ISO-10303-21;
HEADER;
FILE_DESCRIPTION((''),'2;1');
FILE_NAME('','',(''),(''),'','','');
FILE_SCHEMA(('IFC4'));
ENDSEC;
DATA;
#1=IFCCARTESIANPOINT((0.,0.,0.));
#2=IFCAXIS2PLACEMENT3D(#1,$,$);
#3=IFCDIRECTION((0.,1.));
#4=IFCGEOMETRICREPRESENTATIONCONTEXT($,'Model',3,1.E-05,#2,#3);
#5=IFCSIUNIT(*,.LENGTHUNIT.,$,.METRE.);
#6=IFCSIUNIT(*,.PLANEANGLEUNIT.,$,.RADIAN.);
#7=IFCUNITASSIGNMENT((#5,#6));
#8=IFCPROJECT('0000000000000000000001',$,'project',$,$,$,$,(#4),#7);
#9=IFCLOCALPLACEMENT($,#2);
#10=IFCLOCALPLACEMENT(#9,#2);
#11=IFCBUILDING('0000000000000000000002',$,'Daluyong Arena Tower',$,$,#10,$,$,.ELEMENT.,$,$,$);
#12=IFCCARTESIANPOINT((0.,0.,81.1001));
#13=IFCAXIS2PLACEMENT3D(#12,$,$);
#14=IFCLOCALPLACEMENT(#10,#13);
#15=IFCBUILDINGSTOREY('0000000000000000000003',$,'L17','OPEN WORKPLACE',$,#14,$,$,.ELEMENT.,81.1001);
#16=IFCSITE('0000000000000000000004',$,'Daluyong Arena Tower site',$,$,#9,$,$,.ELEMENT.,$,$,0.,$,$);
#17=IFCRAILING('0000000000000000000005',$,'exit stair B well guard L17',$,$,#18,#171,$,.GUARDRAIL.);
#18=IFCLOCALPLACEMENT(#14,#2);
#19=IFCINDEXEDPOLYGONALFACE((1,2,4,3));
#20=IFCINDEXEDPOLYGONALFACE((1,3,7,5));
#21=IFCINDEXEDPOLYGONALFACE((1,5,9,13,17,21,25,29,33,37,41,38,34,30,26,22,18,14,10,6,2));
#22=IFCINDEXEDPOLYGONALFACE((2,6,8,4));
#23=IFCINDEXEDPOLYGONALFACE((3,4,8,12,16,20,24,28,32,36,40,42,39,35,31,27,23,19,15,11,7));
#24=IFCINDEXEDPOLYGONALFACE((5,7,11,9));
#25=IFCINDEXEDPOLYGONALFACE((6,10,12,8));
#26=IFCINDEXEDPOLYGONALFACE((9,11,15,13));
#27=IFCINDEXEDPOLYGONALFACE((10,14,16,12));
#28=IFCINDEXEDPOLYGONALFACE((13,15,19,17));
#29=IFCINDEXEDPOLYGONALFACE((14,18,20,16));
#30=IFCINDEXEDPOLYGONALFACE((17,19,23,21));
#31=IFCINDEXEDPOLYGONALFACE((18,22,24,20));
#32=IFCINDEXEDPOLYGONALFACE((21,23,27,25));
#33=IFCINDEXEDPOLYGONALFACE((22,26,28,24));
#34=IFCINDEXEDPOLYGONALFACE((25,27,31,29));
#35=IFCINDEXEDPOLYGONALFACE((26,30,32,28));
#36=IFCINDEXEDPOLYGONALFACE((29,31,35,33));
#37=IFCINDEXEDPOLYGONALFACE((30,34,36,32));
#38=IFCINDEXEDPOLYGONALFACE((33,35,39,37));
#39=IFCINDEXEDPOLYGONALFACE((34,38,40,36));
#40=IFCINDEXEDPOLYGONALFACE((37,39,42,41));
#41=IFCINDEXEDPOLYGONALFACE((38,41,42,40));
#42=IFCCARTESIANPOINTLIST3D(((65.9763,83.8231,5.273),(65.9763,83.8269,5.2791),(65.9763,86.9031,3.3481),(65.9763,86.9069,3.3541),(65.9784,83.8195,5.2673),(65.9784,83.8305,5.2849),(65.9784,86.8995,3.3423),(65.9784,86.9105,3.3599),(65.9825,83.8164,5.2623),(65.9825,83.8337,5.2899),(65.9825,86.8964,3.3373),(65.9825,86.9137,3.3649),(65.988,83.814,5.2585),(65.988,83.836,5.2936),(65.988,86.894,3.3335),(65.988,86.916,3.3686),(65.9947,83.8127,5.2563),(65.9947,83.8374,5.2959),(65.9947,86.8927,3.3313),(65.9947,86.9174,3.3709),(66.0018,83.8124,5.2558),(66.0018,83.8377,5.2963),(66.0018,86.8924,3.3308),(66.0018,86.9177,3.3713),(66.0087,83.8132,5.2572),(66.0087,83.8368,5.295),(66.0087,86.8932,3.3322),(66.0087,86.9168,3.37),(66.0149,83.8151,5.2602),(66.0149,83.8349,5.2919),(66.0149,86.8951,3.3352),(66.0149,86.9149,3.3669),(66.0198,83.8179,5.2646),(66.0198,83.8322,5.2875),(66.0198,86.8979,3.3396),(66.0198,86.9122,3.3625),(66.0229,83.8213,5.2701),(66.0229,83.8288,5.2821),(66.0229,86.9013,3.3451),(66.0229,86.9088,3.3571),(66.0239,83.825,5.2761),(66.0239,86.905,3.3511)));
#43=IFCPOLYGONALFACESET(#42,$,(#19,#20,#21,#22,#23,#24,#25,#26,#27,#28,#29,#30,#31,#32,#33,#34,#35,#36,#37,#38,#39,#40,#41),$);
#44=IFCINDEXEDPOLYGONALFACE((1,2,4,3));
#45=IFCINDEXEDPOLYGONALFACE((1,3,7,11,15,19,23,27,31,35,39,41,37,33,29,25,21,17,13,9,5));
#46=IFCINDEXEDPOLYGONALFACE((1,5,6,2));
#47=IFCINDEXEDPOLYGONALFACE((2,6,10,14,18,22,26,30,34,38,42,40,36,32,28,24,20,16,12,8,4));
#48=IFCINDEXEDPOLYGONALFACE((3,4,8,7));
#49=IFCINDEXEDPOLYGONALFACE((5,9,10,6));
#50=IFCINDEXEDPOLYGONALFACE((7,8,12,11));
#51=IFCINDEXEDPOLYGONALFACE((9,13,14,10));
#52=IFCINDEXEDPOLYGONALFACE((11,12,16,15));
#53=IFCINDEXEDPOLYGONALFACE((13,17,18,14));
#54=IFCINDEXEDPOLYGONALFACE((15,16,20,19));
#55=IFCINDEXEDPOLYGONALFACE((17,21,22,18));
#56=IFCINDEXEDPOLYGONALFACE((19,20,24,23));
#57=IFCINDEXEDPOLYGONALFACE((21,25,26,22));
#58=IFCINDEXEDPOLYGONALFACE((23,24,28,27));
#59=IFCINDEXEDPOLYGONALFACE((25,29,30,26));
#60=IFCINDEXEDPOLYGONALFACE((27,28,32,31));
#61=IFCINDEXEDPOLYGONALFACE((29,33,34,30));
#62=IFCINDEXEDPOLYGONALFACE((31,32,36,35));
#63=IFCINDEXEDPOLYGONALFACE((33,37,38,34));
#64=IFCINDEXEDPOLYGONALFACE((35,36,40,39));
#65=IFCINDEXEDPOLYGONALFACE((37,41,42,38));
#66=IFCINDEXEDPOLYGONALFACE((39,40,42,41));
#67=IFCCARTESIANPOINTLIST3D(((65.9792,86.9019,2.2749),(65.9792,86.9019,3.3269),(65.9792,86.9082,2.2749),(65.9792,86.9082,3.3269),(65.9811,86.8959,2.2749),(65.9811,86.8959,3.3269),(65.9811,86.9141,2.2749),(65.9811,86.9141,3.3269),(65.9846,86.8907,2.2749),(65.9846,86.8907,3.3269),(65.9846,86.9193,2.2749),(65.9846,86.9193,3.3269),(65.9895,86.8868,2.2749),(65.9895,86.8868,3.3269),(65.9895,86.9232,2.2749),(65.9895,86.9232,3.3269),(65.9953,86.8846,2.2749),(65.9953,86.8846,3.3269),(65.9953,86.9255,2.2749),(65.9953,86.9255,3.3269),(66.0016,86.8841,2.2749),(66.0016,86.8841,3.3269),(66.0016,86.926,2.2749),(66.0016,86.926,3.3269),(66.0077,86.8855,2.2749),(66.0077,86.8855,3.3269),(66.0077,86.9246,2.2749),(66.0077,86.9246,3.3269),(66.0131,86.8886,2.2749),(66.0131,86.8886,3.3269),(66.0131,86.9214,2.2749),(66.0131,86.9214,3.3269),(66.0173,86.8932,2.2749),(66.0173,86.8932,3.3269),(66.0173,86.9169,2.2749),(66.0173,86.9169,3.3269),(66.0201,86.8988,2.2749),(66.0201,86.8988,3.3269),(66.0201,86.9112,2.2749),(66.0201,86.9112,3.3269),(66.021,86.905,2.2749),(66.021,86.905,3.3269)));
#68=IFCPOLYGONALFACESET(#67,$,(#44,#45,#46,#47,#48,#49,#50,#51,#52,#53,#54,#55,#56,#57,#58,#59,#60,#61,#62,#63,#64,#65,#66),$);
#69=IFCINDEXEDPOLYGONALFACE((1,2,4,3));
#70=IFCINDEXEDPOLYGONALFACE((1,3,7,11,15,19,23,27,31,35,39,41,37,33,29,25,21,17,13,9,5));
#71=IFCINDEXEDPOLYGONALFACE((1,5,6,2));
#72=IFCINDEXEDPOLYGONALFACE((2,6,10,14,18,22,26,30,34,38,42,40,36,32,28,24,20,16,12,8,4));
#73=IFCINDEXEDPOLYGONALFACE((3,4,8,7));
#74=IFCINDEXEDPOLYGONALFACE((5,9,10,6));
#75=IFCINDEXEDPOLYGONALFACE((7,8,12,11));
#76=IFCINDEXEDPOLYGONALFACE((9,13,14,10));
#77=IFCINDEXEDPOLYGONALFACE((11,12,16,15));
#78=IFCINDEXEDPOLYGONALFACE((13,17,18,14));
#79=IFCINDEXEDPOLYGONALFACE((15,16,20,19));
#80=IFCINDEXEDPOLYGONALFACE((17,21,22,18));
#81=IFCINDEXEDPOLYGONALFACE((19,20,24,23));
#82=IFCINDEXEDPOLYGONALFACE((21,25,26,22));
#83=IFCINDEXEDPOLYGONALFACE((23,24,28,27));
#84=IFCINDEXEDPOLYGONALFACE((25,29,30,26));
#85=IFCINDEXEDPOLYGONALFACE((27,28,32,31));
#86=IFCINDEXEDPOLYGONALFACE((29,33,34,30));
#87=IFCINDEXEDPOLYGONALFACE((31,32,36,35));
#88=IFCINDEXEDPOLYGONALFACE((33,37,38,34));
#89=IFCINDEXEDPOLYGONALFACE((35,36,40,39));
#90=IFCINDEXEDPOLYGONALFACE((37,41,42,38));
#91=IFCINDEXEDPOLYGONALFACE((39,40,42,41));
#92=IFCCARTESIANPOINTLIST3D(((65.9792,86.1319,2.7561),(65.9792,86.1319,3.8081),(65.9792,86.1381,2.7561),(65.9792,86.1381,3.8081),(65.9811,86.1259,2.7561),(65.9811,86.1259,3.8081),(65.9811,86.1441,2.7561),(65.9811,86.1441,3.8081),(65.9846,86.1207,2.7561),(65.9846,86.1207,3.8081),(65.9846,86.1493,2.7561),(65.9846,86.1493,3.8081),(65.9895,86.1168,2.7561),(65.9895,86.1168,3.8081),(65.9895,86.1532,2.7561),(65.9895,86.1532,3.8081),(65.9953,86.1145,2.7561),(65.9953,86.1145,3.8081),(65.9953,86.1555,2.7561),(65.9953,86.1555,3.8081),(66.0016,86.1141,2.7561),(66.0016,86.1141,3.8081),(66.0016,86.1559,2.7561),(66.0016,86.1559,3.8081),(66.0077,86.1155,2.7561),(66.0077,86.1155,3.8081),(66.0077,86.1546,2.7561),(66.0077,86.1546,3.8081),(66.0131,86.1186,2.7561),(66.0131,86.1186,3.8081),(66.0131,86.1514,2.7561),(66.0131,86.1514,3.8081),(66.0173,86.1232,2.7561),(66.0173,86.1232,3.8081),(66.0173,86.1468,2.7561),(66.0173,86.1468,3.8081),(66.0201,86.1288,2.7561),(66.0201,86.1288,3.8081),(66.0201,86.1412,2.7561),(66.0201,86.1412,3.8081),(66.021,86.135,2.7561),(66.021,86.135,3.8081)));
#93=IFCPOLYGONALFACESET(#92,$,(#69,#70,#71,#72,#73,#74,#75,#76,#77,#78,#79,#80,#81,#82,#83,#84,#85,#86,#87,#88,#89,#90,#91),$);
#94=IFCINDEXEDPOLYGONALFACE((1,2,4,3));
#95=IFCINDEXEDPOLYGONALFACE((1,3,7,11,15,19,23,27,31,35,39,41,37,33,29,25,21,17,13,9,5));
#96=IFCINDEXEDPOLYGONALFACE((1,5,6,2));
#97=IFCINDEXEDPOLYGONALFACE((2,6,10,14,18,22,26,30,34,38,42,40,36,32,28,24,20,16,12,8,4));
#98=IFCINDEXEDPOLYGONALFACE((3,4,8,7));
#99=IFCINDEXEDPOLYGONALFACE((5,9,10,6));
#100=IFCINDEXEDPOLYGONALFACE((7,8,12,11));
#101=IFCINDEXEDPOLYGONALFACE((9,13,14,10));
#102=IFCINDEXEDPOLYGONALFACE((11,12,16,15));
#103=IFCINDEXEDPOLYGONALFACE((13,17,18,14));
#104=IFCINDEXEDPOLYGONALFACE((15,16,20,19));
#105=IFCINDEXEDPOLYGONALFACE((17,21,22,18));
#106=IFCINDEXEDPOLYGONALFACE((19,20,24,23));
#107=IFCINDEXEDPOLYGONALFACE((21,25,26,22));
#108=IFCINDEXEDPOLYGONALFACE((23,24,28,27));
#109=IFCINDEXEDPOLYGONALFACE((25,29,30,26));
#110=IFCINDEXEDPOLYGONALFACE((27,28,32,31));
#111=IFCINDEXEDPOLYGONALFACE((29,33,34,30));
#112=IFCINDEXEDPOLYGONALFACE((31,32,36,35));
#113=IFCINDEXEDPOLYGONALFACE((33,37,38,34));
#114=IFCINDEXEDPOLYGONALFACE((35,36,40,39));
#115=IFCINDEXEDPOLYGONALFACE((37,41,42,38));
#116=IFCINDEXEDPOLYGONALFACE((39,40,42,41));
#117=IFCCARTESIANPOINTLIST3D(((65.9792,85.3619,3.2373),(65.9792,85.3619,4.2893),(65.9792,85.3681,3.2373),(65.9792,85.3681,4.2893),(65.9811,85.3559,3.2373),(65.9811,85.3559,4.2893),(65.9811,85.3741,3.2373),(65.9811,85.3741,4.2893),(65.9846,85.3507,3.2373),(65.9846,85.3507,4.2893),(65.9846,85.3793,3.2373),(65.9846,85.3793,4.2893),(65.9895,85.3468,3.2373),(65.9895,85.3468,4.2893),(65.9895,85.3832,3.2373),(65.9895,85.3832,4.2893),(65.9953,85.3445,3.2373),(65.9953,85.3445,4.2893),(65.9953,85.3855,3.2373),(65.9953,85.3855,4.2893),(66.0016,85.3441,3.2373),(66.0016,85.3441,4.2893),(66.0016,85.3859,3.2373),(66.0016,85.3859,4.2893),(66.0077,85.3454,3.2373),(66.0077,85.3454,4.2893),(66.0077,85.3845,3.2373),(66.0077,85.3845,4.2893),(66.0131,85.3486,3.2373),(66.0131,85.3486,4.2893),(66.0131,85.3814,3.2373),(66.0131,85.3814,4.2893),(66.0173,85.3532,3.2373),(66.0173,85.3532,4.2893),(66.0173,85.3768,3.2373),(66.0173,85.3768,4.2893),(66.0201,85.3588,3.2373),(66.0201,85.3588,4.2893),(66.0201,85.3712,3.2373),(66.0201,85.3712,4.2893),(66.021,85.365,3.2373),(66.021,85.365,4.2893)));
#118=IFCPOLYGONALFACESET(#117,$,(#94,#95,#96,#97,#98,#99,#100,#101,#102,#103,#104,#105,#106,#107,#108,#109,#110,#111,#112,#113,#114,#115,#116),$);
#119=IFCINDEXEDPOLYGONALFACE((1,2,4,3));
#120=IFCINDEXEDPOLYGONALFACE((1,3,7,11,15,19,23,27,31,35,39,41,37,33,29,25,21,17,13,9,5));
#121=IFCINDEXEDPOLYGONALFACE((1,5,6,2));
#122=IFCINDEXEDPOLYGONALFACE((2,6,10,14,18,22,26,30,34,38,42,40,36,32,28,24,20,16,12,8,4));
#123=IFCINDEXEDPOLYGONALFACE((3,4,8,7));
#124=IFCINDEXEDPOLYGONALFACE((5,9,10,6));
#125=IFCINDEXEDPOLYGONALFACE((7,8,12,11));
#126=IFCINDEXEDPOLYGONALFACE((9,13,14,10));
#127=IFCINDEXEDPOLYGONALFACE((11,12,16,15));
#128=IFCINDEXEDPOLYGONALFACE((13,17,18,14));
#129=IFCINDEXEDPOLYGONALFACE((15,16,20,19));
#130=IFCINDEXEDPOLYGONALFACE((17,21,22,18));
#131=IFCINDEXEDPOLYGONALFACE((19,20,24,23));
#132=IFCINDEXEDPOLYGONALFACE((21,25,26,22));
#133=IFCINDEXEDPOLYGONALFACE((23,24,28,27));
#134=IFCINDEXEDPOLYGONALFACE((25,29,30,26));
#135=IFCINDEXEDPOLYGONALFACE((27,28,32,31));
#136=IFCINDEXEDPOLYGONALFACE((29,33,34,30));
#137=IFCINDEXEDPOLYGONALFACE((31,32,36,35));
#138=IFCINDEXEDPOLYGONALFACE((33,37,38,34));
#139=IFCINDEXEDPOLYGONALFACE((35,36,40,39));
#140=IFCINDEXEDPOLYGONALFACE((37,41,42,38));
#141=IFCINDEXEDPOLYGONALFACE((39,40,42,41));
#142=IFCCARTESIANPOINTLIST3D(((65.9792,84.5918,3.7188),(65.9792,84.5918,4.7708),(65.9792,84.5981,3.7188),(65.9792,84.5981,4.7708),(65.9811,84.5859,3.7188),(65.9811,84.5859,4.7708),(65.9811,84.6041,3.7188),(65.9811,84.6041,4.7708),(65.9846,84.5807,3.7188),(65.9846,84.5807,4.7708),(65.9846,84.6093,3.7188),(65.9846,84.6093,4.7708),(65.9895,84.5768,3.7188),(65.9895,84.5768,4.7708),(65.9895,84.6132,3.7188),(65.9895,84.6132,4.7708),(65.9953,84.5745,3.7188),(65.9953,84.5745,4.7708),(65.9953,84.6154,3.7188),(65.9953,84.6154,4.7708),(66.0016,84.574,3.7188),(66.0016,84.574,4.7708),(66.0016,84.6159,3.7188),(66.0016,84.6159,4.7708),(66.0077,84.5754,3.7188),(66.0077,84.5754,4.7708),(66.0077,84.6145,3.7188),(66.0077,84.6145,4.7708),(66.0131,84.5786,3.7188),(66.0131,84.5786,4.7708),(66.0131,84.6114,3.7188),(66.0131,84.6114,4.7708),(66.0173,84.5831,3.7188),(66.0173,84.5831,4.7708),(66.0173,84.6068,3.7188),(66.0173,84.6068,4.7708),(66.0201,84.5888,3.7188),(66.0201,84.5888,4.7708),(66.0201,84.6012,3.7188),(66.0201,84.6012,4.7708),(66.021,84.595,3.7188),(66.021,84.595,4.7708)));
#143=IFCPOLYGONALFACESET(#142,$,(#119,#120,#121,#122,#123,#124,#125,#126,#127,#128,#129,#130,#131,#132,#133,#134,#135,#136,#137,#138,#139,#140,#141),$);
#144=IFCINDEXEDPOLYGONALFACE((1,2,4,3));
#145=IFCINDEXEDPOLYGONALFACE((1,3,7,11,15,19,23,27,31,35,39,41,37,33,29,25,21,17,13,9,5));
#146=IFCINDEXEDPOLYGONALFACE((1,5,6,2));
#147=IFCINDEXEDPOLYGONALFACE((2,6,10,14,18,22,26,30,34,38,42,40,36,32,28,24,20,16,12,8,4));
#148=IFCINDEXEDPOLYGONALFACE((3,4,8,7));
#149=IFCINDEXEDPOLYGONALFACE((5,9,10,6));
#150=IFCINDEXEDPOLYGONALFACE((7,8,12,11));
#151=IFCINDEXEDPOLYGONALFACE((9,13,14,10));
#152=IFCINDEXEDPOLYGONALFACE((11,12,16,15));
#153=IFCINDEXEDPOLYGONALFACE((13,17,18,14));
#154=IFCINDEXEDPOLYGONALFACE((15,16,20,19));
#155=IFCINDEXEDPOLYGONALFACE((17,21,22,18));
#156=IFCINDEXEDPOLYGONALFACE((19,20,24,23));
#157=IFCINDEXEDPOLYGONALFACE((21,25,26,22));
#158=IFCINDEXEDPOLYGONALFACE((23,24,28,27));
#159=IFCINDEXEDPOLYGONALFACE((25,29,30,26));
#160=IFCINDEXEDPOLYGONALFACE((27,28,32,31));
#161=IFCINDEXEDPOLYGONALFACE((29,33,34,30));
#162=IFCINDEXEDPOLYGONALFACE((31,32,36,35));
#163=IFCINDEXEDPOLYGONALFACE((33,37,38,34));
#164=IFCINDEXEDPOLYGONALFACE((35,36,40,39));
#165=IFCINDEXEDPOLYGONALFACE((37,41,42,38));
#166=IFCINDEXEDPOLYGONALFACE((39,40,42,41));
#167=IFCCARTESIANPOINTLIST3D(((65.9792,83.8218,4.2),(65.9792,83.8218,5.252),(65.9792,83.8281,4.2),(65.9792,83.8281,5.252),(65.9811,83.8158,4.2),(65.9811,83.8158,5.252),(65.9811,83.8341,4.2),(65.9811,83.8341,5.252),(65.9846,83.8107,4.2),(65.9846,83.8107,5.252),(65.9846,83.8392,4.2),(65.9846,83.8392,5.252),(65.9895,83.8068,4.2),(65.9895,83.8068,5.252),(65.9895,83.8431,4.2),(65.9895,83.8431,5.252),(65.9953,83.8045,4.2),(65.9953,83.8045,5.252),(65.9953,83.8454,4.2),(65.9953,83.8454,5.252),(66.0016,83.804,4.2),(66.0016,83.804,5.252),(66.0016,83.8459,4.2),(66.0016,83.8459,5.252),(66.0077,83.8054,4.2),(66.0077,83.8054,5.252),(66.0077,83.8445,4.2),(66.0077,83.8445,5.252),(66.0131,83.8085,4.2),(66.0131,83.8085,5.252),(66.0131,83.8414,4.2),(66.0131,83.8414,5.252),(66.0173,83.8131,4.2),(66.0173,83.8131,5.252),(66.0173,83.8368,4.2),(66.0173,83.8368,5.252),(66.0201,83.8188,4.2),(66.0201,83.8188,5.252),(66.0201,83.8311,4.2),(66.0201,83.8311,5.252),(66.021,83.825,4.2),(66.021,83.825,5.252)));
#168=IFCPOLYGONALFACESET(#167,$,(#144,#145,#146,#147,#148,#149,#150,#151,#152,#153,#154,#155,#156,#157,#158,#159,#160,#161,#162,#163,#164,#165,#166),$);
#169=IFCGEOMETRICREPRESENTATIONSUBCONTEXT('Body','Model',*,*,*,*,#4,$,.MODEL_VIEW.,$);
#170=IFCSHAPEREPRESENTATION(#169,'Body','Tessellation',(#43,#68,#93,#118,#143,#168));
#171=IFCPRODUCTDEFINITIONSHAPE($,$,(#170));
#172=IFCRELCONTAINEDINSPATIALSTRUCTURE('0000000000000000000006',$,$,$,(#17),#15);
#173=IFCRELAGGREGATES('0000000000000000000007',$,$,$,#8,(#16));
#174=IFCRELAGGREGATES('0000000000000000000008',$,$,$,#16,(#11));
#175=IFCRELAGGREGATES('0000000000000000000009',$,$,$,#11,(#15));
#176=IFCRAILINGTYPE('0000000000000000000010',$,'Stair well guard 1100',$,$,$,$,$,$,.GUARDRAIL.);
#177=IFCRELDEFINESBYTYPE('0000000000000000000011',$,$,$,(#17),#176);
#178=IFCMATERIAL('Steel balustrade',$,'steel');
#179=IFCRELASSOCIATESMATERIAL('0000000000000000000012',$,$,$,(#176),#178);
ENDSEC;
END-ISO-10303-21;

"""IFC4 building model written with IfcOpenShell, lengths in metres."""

from ifc_helpers import new_model, si_unit, direction, frame, origin, origin_2d, place, context, subcontext, project, spatial, circle, extrude, material, type_object, element, save


model = new_model("IFC4")

# Units and contexts
model_context = context("Model", 3, precision=1e-05, world=origin(), true_north=direction((0.0, 1.0)))
body_context = subcontext(model_context, "Body", "Model", "MODEL_VIEW")
ifc_project = project(units=[si_unit("LENGTHUNIT", "METRE"), si_unit("PLANEANGLEUNIT", "RADIAN")], contexts=[model_context])

# Site, building, storey
site_placement = place(None, origin())
site = spatial("IfcSite", under=ifc_project, at=site_placement, Name="Daluyong Arena Tower site", CompositionType="ELEMENT", RefElevation=0.0)
building_placement = place(site_placement, origin())
building = spatial("IfcBuilding", under=site, at=building_placement, Name="Daluyong Arena Tower", CompositionType="ELEMENT")
storey_placement = place(building_placement, frame((0.0, 0.0, 81.1001)))
storey = spatial("IfcBuildingStorey", under=building, at=storey_placement, Name="L17", Description="OPEN WORKPLACE", CompositionType="ELEMENT", Elevation=81.1001)

# Railing
ifc_material_1 = material(Name="Steel balustrade", Category="steel")
railing_type_1 = type_object("IfcRailingType", Name="Stair well guard 1100", PredefinedType="GUARDRAIL", material=ifc_material_1)
railing_1_placement = place(storey_placement, frame((66.0, 86.905, 2.2749)))
element("IfcRailing", 1, at=railing_1_placement, inside=storey, type_object=railing_type_1, Name="exit stair B well guard L17", PredefinedType="GUARDRAIL", context=body_context, shape_type="SweptSolid", body=[
    extrude(circle(Radius=0.0239, at=origin_2d()), frame((0.0, 0.0, 1.0762), z_axis=(0.0, -0.847998, 0.529999), x_axis=(1.0, 0.0, 0.0)), (0.0, 0.0, 1.0), 3.6321),
    extrude(circle(Radius=0.021, at=origin_2d()), origin(), (0.0, 0.0, 1.0), 1.052),
    extrude(circle(Radius=0.021, at=origin_2d()), frame((0.0, -0.77, 0.4812)), (0.0, 0.0, 1.0), 1.052),
    extrude(circle(Radius=0.021, at=origin_2d()), frame((0.0, -1.54, 0.9624)), (0.0, 0.0, 1.0), 1.052),
    extrude(circle(Radius=0.021, at=origin_2d()), frame((0.0, -2.3101, 1.4438)), (0.0, 0.0, 1.0), 1.052),
    extrude(circle(Radius=0.021, at=origin_2d()), frame((0.0, -3.0801, 1.925)), (0.0, 0.0, 1.0), 1.052),
])

save(model, "model.ifc")
